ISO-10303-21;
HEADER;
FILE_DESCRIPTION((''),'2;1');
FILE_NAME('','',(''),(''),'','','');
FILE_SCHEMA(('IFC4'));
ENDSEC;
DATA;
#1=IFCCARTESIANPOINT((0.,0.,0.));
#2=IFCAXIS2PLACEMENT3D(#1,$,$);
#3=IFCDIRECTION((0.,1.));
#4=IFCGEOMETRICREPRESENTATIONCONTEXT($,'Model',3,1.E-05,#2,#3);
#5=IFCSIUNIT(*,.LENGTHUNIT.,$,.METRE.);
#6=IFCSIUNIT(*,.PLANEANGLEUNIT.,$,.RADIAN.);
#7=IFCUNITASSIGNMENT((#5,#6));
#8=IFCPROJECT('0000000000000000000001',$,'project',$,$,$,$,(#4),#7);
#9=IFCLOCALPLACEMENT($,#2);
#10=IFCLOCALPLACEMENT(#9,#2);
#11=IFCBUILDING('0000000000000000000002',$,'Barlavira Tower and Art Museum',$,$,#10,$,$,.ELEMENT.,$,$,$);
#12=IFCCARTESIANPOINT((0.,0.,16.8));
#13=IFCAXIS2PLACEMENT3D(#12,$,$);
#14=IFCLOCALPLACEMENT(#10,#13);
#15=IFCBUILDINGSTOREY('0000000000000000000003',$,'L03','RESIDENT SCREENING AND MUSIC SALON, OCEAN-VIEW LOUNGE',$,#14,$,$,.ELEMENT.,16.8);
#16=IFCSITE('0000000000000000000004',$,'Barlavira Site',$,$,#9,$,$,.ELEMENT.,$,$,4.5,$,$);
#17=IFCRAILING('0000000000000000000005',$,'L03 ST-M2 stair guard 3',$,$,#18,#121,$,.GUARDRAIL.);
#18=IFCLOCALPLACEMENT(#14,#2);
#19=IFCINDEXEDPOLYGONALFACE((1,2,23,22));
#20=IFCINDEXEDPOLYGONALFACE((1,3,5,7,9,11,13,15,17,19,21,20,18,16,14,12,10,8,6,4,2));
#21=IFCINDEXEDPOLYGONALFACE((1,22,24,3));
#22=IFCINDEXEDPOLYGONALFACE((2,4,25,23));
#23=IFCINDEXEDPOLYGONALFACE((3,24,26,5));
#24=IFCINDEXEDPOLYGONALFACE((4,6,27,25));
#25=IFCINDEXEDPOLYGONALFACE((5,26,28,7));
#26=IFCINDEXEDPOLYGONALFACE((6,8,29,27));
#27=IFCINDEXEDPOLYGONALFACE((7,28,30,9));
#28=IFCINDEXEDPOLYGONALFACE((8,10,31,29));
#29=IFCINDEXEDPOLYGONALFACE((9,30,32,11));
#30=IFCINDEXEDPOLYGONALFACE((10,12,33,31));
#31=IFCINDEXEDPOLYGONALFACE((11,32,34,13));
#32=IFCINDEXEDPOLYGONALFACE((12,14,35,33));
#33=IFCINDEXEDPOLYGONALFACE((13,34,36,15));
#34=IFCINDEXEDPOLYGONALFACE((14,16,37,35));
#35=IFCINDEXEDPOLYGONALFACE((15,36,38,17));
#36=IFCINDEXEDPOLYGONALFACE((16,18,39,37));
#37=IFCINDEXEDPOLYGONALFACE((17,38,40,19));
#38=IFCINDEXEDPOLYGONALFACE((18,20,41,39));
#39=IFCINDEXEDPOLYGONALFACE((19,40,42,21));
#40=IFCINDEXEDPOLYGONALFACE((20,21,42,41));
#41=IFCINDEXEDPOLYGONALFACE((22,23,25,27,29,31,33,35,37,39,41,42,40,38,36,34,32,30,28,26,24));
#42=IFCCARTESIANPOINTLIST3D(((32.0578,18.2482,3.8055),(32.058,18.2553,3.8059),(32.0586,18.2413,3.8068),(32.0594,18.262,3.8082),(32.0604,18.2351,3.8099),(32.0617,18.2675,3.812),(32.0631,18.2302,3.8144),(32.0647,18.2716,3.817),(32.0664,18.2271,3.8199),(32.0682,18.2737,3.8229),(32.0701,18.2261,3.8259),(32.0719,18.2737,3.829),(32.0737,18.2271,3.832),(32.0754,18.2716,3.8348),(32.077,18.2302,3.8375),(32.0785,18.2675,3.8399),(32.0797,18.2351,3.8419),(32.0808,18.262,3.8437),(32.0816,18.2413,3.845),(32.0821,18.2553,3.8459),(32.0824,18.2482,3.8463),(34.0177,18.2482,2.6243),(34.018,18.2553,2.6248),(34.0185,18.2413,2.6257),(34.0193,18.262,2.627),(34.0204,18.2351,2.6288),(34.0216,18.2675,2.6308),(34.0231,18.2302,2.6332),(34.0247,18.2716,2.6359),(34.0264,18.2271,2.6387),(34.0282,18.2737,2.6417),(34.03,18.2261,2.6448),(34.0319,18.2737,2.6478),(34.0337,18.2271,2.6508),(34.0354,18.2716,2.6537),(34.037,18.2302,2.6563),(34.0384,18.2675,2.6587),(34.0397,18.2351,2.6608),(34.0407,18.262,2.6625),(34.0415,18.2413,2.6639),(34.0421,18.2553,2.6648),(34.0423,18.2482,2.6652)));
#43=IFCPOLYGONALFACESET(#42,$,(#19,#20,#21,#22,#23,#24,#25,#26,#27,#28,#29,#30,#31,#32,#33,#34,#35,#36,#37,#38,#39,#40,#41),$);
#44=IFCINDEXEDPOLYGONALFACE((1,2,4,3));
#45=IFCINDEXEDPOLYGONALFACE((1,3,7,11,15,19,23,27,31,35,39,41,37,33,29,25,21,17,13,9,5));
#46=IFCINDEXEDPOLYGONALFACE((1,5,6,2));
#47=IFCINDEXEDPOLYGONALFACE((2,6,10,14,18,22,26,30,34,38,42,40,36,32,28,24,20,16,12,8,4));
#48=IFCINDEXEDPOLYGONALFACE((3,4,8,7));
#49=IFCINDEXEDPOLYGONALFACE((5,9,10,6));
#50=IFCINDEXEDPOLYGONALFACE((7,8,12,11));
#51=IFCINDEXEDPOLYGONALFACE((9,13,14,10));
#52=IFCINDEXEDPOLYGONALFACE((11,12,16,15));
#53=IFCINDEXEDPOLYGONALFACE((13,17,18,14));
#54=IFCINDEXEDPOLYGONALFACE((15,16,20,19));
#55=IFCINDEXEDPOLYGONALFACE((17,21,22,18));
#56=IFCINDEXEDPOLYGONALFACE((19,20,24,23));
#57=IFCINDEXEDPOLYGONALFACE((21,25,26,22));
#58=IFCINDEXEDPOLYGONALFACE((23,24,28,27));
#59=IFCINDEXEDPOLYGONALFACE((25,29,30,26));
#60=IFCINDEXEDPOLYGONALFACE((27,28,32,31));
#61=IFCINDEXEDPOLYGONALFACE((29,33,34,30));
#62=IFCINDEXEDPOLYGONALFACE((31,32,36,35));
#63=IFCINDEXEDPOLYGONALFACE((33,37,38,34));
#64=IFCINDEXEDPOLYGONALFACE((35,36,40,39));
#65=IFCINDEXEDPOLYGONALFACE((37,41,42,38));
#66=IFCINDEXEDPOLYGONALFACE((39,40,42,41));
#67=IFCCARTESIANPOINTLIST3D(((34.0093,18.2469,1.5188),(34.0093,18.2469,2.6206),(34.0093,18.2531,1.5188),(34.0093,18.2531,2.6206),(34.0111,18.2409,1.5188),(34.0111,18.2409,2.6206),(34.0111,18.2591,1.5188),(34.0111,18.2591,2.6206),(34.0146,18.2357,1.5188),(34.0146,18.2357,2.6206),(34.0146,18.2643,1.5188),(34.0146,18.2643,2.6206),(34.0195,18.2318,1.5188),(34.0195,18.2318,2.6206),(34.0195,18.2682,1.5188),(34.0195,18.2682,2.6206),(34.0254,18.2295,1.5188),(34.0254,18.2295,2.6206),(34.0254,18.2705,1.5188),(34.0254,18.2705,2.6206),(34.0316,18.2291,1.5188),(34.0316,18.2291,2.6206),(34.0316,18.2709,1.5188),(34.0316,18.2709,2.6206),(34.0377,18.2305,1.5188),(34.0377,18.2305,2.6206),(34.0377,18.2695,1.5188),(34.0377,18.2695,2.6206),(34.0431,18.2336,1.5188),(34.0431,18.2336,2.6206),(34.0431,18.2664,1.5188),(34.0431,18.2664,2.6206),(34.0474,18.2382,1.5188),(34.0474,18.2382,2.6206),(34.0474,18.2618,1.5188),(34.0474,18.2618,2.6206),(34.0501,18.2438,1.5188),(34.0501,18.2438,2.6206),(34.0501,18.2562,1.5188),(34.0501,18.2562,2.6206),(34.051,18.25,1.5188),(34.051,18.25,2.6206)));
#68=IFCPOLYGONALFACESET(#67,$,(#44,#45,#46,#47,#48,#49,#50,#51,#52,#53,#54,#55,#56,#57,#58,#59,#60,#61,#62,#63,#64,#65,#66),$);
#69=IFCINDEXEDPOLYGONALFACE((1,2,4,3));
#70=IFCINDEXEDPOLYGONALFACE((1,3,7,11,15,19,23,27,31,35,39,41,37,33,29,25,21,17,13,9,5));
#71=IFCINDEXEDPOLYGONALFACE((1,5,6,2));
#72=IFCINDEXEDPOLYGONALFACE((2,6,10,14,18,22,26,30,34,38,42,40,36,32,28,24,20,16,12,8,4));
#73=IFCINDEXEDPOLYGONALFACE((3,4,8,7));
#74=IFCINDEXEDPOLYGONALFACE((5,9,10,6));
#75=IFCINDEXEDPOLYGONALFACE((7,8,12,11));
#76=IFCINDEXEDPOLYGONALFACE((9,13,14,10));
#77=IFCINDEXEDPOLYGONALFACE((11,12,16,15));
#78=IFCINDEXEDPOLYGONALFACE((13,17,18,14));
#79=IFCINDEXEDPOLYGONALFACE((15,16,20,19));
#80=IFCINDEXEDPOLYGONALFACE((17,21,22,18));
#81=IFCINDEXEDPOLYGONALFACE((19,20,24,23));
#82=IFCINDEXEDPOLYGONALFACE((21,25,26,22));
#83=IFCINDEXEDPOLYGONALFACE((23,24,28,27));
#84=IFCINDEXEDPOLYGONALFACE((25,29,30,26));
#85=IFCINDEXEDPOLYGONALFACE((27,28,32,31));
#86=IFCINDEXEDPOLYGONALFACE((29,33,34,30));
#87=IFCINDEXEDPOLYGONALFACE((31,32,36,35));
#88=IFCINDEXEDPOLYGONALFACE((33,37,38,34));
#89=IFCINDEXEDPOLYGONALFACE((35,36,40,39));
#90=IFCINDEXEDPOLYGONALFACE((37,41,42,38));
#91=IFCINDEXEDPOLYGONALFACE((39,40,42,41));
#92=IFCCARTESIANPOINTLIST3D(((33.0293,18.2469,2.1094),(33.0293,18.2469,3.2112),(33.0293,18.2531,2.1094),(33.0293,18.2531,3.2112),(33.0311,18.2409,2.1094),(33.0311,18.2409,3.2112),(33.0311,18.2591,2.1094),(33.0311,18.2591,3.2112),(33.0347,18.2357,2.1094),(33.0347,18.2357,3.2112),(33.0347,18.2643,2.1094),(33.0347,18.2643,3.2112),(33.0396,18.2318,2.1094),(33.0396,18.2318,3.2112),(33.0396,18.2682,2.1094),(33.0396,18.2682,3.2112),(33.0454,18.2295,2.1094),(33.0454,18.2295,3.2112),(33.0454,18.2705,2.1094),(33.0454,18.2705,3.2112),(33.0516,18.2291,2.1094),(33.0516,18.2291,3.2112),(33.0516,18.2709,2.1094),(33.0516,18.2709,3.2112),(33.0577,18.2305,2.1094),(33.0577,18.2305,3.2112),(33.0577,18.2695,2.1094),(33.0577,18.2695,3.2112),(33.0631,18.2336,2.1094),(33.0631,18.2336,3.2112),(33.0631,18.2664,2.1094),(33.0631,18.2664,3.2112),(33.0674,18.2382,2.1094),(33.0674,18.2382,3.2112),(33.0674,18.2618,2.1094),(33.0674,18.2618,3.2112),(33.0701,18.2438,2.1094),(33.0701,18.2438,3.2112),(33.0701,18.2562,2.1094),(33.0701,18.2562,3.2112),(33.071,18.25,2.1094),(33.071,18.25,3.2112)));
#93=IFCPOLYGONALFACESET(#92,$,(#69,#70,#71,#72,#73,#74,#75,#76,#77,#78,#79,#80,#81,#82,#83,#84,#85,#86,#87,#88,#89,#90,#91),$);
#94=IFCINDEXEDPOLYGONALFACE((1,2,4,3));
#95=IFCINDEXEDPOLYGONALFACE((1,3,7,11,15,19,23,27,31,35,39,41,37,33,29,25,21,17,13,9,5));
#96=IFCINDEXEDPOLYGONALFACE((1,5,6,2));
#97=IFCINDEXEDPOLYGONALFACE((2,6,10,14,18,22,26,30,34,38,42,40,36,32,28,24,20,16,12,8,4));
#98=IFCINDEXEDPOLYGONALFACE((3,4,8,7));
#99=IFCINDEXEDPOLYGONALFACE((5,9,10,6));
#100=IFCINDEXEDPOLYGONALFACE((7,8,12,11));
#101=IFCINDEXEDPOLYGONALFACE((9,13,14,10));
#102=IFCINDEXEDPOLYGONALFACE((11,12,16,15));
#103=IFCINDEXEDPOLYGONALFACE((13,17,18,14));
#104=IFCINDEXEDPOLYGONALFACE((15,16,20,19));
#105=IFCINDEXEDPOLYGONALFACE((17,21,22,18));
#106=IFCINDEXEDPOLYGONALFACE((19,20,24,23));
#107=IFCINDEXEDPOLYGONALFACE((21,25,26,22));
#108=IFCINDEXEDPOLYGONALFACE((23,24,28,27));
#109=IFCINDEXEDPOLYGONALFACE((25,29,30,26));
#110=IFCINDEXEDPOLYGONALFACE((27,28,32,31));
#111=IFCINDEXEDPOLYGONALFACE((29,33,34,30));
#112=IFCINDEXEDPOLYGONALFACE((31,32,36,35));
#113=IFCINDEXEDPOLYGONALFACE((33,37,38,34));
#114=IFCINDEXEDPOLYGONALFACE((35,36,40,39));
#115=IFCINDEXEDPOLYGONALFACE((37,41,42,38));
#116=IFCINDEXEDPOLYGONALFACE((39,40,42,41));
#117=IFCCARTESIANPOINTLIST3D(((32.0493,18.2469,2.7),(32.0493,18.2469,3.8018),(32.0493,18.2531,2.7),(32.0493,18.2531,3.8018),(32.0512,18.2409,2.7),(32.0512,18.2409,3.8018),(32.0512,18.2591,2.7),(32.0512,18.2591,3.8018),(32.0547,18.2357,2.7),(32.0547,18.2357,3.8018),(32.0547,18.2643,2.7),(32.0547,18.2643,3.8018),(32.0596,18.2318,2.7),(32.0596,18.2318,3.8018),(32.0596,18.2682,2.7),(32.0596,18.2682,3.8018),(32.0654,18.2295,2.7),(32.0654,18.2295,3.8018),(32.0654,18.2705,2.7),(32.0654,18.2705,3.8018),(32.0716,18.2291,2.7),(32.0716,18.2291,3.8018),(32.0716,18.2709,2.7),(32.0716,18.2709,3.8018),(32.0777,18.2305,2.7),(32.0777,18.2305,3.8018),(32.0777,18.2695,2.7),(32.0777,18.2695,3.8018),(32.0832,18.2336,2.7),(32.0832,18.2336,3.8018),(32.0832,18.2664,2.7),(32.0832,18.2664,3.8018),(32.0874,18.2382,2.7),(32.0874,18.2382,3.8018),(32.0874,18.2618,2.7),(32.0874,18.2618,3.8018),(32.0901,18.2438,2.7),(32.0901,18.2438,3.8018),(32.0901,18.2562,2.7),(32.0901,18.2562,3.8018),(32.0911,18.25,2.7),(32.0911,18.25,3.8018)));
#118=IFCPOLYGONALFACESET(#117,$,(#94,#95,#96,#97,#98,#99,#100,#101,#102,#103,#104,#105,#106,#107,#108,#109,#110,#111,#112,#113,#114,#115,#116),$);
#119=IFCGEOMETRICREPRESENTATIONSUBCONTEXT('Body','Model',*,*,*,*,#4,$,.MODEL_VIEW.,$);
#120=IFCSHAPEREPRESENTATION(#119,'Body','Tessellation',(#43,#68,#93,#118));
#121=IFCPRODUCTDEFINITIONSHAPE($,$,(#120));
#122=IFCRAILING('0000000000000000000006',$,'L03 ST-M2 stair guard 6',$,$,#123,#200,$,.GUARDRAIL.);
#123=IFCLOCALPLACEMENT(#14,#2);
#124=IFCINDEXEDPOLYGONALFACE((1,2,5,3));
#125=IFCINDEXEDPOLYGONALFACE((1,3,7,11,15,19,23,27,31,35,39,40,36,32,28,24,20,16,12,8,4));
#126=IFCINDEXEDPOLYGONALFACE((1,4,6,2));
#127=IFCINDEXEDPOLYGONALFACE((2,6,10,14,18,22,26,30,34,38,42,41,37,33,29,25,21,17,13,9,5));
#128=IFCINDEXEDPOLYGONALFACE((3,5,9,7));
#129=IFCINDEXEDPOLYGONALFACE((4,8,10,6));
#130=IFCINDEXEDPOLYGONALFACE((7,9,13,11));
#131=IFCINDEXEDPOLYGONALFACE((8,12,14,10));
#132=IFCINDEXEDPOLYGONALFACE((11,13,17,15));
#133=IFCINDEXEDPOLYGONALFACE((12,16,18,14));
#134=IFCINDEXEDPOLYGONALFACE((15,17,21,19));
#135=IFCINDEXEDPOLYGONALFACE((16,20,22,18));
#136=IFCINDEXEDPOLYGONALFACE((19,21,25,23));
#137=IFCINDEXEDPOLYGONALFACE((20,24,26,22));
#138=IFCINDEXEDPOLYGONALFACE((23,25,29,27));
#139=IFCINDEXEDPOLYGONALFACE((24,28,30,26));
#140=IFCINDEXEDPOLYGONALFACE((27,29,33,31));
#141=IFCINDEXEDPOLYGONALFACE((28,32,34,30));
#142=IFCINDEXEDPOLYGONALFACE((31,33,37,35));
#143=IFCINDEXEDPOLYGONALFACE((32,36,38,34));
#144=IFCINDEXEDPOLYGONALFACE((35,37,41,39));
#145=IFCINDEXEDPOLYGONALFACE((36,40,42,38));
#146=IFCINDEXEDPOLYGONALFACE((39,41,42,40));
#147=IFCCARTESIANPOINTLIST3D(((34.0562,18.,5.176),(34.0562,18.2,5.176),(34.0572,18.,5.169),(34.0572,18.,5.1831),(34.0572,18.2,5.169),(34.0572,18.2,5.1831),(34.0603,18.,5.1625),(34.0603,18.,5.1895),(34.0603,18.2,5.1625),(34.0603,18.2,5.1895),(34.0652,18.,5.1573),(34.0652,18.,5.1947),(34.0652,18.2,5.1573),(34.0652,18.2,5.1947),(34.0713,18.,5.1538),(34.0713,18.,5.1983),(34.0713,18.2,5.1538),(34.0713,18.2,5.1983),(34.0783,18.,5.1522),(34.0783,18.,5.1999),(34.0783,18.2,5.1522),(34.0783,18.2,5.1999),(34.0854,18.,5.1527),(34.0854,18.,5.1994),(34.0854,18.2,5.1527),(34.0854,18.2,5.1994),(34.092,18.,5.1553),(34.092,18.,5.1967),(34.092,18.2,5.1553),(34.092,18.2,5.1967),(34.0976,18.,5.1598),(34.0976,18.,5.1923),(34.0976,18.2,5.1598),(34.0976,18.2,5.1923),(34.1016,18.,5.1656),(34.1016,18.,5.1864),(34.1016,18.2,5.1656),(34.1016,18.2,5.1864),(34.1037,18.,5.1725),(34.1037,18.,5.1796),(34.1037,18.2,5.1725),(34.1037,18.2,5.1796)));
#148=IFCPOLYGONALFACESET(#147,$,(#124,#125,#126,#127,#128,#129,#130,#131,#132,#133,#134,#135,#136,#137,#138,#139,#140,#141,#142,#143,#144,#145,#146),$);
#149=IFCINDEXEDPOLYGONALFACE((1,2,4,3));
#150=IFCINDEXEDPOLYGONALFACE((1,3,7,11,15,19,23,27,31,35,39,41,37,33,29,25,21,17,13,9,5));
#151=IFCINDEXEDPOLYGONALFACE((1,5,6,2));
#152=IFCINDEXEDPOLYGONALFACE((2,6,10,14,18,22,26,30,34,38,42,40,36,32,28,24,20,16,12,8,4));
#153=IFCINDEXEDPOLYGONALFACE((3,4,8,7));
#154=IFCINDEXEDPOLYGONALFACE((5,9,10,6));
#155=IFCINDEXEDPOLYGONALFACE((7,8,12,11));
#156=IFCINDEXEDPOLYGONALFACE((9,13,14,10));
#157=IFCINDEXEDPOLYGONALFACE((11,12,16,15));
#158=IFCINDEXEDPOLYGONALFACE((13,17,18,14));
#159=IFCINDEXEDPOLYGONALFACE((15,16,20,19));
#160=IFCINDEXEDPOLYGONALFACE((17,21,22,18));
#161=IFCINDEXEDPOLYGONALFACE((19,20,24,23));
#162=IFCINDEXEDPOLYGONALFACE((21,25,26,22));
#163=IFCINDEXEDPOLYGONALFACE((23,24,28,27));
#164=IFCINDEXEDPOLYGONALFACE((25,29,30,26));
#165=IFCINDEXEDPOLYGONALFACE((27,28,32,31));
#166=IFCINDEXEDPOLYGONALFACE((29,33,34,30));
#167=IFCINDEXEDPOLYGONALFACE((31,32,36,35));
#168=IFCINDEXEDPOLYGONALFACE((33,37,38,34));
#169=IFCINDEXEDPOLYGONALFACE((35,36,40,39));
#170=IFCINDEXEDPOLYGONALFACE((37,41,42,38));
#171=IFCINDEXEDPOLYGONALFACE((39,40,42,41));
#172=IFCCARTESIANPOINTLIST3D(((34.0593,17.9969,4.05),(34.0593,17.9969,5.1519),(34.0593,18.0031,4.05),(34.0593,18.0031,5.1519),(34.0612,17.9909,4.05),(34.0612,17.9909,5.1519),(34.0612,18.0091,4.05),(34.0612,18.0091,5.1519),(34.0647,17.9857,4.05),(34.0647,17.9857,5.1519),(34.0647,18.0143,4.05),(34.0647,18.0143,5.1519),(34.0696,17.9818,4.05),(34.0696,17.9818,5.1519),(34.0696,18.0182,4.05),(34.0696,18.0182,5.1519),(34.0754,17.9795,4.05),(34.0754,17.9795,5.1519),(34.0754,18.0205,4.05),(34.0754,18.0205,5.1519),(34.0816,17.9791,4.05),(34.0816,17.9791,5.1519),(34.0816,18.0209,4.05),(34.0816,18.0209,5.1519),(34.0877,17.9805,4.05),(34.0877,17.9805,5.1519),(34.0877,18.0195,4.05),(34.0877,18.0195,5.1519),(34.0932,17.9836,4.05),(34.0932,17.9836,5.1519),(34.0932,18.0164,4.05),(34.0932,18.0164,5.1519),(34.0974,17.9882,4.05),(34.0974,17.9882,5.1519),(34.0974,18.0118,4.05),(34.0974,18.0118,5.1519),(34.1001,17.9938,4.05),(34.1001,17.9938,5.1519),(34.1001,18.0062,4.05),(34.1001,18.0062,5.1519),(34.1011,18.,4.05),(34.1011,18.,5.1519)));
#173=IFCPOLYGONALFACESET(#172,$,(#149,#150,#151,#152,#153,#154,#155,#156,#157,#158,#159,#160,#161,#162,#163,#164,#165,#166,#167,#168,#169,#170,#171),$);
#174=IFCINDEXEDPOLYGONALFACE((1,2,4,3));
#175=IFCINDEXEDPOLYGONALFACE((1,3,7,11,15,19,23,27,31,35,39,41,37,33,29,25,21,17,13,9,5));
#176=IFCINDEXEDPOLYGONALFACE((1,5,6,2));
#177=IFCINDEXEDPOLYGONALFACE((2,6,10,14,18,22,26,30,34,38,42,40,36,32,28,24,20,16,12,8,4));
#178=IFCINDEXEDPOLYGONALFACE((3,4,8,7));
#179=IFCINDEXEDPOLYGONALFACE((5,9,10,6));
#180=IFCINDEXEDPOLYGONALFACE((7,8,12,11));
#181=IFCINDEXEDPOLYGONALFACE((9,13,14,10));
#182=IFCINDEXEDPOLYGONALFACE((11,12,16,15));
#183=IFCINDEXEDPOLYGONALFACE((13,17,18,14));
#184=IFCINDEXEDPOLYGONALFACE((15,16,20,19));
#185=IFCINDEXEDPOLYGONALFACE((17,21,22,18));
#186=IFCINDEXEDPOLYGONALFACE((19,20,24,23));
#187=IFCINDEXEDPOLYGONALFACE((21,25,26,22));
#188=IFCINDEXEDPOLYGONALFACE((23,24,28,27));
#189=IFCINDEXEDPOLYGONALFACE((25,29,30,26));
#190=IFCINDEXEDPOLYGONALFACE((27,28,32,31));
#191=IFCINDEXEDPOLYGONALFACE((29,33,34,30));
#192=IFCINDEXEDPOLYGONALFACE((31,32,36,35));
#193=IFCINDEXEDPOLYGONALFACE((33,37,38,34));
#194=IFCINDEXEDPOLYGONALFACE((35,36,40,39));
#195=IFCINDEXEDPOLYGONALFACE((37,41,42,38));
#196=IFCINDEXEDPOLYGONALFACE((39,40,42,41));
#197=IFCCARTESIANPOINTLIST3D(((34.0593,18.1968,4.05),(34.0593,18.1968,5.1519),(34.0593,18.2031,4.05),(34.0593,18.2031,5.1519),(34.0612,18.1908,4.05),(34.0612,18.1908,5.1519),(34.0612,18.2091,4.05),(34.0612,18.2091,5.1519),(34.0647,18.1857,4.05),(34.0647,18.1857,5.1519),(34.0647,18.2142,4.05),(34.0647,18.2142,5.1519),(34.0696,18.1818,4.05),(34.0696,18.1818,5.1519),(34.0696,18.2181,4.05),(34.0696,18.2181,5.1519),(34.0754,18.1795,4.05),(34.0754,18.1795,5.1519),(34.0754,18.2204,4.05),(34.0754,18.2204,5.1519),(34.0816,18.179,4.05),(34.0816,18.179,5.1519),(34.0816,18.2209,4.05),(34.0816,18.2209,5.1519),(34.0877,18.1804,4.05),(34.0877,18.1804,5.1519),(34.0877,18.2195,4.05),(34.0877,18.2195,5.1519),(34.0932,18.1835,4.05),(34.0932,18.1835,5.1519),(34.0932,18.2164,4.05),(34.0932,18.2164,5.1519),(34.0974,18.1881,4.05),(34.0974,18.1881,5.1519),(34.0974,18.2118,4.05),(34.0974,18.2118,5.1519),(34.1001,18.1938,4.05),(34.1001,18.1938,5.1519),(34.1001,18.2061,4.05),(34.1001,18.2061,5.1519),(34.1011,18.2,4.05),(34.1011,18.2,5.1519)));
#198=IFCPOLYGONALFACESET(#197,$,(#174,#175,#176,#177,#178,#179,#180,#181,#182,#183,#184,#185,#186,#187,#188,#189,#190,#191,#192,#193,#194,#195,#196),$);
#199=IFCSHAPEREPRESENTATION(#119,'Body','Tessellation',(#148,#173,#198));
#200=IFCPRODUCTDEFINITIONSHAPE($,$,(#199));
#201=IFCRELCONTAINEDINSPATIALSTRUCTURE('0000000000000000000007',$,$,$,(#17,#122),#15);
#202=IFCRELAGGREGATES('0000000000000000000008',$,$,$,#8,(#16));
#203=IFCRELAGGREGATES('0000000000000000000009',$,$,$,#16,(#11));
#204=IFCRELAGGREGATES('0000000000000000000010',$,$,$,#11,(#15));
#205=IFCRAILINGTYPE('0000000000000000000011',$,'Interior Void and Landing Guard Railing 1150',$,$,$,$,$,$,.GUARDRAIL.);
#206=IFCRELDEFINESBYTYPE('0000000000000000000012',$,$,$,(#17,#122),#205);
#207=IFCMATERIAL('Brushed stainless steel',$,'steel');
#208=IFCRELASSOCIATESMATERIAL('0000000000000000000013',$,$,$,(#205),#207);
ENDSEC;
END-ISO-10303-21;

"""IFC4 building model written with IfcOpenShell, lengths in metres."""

from ifc_helpers import new_model, si_unit, direction, frame, origin, origin_2d, place, context, subcontext, project, spatial, circle, extrude, material, type_object, element, save


model = new_model("IFC4")

# Units and contexts
model_context = context("Model", 3, precision=1e-05, world=origin(), true_north=direction((0.0, 1.0)))
body_context = subcontext(model_context, "Body", "Model", "MODEL_VIEW")
ifc_project = project(units=[si_unit("LENGTHUNIT", "METRE"), si_unit("PLANEANGLEUNIT", "RADIAN")], contexts=[model_context])

# Site, building, storey
site_placement = place(None, origin())
site = spatial("IfcSite", under=ifc_project, at=site_placement, Name="Barlavira Site", CompositionType="ELEMENT", RefElevation=4.5)
building_placement = place(site_placement, origin())
building = spatial("IfcBuilding", under=site, at=building_placement, Name="Barlavira Tower and Art Museum", CompositionType="ELEMENT")
storey_placement = place(building_placement, frame((0.0, 0.0, 16.8)))
storey = spatial("IfcBuildingStorey", under=building, at=storey_placement, Name="L03", Description="RESIDENT SCREENING AND MUSIC SALON, OCEAN-VIEW LOUNGE", CompositionType="ELEMENT", Elevation=16.8)

# Shared definitions
ifc_material_1 = material(Name="Brushed stainless steel", Category="steel")

# Railings
railing_type_1 = type_object("IfcRailingType", Name="Interior Void and Landing Guard Railing 1150", PredefinedType="GUARDRAIL", material=ifc_material_1)
railing_1_placement = place(storey_placement, frame((34.03, 18.25, 1.5188)))
element("IfcRailing", 1, at=railing_1_placement, inside=storey, type_object=railing_type_1, Name="L03 ST-M2 stair guard 3", PredefinedType="GUARDRAIL", context=body_context, shape_type="SweptSolid", body=[
    extrude(circle(Radius=0.0239, at=origin_2d()), frame((0.0, 0.0, 1.126), z_axis=(-0.856493, 0.0, 0.516158), x_axis=(0.0, -1.0, 0.0)), (0.0, 0.0, 1.0), 2.2883),
    extrude(circle(Radius=0.021, at=origin_2d()), origin(), (0.0, 0.0, 1.0), 1.1018),
    extrude(circle(Radius=0.021, at=origin_2d()), frame((-0.98, 0.0, 0.5906)), (0.0, 0.0, 1.0), 1.1018),
    extrude(circle(Radius=0.021, at=origin_2d()), frame((-1.96, 0.0, 1.1812)), (0.0, 0.0, 1.0), 1.1018),
])
railing_2_placement = place(storey_placement, frame((34.0801, 18.0, 4.05)))
element("IfcRailing", 2, at=railing_2_placement, inside=storey, type_object=railing_type_1, Name="L03 ST-M2 stair guard 6", PredefinedType="GUARDRAIL", context=body_context, shape_type="SweptSolid", body=[
    extrude(circle(Radius=0.0239, at=origin_2d()), frame((0.0, 0.0, 1.126), z_axis=(0.0, 1.0, 0.0), x_axis=(-1.0, 0.0, 0.0)), (0.0, 0.0, 1.0), 0.2),
    extrude(circle(Radius=0.021, at=origin_2d()), origin(), (0.0, 0.0, 1.0), 1.1018),
    extrude(circle(Radius=0.021, at=origin_2d()), frame((0.0, 0.2, 0.0)), (0.0, 0.0, 1.0), 1.1018),
])

save(model, "model.ifc")
